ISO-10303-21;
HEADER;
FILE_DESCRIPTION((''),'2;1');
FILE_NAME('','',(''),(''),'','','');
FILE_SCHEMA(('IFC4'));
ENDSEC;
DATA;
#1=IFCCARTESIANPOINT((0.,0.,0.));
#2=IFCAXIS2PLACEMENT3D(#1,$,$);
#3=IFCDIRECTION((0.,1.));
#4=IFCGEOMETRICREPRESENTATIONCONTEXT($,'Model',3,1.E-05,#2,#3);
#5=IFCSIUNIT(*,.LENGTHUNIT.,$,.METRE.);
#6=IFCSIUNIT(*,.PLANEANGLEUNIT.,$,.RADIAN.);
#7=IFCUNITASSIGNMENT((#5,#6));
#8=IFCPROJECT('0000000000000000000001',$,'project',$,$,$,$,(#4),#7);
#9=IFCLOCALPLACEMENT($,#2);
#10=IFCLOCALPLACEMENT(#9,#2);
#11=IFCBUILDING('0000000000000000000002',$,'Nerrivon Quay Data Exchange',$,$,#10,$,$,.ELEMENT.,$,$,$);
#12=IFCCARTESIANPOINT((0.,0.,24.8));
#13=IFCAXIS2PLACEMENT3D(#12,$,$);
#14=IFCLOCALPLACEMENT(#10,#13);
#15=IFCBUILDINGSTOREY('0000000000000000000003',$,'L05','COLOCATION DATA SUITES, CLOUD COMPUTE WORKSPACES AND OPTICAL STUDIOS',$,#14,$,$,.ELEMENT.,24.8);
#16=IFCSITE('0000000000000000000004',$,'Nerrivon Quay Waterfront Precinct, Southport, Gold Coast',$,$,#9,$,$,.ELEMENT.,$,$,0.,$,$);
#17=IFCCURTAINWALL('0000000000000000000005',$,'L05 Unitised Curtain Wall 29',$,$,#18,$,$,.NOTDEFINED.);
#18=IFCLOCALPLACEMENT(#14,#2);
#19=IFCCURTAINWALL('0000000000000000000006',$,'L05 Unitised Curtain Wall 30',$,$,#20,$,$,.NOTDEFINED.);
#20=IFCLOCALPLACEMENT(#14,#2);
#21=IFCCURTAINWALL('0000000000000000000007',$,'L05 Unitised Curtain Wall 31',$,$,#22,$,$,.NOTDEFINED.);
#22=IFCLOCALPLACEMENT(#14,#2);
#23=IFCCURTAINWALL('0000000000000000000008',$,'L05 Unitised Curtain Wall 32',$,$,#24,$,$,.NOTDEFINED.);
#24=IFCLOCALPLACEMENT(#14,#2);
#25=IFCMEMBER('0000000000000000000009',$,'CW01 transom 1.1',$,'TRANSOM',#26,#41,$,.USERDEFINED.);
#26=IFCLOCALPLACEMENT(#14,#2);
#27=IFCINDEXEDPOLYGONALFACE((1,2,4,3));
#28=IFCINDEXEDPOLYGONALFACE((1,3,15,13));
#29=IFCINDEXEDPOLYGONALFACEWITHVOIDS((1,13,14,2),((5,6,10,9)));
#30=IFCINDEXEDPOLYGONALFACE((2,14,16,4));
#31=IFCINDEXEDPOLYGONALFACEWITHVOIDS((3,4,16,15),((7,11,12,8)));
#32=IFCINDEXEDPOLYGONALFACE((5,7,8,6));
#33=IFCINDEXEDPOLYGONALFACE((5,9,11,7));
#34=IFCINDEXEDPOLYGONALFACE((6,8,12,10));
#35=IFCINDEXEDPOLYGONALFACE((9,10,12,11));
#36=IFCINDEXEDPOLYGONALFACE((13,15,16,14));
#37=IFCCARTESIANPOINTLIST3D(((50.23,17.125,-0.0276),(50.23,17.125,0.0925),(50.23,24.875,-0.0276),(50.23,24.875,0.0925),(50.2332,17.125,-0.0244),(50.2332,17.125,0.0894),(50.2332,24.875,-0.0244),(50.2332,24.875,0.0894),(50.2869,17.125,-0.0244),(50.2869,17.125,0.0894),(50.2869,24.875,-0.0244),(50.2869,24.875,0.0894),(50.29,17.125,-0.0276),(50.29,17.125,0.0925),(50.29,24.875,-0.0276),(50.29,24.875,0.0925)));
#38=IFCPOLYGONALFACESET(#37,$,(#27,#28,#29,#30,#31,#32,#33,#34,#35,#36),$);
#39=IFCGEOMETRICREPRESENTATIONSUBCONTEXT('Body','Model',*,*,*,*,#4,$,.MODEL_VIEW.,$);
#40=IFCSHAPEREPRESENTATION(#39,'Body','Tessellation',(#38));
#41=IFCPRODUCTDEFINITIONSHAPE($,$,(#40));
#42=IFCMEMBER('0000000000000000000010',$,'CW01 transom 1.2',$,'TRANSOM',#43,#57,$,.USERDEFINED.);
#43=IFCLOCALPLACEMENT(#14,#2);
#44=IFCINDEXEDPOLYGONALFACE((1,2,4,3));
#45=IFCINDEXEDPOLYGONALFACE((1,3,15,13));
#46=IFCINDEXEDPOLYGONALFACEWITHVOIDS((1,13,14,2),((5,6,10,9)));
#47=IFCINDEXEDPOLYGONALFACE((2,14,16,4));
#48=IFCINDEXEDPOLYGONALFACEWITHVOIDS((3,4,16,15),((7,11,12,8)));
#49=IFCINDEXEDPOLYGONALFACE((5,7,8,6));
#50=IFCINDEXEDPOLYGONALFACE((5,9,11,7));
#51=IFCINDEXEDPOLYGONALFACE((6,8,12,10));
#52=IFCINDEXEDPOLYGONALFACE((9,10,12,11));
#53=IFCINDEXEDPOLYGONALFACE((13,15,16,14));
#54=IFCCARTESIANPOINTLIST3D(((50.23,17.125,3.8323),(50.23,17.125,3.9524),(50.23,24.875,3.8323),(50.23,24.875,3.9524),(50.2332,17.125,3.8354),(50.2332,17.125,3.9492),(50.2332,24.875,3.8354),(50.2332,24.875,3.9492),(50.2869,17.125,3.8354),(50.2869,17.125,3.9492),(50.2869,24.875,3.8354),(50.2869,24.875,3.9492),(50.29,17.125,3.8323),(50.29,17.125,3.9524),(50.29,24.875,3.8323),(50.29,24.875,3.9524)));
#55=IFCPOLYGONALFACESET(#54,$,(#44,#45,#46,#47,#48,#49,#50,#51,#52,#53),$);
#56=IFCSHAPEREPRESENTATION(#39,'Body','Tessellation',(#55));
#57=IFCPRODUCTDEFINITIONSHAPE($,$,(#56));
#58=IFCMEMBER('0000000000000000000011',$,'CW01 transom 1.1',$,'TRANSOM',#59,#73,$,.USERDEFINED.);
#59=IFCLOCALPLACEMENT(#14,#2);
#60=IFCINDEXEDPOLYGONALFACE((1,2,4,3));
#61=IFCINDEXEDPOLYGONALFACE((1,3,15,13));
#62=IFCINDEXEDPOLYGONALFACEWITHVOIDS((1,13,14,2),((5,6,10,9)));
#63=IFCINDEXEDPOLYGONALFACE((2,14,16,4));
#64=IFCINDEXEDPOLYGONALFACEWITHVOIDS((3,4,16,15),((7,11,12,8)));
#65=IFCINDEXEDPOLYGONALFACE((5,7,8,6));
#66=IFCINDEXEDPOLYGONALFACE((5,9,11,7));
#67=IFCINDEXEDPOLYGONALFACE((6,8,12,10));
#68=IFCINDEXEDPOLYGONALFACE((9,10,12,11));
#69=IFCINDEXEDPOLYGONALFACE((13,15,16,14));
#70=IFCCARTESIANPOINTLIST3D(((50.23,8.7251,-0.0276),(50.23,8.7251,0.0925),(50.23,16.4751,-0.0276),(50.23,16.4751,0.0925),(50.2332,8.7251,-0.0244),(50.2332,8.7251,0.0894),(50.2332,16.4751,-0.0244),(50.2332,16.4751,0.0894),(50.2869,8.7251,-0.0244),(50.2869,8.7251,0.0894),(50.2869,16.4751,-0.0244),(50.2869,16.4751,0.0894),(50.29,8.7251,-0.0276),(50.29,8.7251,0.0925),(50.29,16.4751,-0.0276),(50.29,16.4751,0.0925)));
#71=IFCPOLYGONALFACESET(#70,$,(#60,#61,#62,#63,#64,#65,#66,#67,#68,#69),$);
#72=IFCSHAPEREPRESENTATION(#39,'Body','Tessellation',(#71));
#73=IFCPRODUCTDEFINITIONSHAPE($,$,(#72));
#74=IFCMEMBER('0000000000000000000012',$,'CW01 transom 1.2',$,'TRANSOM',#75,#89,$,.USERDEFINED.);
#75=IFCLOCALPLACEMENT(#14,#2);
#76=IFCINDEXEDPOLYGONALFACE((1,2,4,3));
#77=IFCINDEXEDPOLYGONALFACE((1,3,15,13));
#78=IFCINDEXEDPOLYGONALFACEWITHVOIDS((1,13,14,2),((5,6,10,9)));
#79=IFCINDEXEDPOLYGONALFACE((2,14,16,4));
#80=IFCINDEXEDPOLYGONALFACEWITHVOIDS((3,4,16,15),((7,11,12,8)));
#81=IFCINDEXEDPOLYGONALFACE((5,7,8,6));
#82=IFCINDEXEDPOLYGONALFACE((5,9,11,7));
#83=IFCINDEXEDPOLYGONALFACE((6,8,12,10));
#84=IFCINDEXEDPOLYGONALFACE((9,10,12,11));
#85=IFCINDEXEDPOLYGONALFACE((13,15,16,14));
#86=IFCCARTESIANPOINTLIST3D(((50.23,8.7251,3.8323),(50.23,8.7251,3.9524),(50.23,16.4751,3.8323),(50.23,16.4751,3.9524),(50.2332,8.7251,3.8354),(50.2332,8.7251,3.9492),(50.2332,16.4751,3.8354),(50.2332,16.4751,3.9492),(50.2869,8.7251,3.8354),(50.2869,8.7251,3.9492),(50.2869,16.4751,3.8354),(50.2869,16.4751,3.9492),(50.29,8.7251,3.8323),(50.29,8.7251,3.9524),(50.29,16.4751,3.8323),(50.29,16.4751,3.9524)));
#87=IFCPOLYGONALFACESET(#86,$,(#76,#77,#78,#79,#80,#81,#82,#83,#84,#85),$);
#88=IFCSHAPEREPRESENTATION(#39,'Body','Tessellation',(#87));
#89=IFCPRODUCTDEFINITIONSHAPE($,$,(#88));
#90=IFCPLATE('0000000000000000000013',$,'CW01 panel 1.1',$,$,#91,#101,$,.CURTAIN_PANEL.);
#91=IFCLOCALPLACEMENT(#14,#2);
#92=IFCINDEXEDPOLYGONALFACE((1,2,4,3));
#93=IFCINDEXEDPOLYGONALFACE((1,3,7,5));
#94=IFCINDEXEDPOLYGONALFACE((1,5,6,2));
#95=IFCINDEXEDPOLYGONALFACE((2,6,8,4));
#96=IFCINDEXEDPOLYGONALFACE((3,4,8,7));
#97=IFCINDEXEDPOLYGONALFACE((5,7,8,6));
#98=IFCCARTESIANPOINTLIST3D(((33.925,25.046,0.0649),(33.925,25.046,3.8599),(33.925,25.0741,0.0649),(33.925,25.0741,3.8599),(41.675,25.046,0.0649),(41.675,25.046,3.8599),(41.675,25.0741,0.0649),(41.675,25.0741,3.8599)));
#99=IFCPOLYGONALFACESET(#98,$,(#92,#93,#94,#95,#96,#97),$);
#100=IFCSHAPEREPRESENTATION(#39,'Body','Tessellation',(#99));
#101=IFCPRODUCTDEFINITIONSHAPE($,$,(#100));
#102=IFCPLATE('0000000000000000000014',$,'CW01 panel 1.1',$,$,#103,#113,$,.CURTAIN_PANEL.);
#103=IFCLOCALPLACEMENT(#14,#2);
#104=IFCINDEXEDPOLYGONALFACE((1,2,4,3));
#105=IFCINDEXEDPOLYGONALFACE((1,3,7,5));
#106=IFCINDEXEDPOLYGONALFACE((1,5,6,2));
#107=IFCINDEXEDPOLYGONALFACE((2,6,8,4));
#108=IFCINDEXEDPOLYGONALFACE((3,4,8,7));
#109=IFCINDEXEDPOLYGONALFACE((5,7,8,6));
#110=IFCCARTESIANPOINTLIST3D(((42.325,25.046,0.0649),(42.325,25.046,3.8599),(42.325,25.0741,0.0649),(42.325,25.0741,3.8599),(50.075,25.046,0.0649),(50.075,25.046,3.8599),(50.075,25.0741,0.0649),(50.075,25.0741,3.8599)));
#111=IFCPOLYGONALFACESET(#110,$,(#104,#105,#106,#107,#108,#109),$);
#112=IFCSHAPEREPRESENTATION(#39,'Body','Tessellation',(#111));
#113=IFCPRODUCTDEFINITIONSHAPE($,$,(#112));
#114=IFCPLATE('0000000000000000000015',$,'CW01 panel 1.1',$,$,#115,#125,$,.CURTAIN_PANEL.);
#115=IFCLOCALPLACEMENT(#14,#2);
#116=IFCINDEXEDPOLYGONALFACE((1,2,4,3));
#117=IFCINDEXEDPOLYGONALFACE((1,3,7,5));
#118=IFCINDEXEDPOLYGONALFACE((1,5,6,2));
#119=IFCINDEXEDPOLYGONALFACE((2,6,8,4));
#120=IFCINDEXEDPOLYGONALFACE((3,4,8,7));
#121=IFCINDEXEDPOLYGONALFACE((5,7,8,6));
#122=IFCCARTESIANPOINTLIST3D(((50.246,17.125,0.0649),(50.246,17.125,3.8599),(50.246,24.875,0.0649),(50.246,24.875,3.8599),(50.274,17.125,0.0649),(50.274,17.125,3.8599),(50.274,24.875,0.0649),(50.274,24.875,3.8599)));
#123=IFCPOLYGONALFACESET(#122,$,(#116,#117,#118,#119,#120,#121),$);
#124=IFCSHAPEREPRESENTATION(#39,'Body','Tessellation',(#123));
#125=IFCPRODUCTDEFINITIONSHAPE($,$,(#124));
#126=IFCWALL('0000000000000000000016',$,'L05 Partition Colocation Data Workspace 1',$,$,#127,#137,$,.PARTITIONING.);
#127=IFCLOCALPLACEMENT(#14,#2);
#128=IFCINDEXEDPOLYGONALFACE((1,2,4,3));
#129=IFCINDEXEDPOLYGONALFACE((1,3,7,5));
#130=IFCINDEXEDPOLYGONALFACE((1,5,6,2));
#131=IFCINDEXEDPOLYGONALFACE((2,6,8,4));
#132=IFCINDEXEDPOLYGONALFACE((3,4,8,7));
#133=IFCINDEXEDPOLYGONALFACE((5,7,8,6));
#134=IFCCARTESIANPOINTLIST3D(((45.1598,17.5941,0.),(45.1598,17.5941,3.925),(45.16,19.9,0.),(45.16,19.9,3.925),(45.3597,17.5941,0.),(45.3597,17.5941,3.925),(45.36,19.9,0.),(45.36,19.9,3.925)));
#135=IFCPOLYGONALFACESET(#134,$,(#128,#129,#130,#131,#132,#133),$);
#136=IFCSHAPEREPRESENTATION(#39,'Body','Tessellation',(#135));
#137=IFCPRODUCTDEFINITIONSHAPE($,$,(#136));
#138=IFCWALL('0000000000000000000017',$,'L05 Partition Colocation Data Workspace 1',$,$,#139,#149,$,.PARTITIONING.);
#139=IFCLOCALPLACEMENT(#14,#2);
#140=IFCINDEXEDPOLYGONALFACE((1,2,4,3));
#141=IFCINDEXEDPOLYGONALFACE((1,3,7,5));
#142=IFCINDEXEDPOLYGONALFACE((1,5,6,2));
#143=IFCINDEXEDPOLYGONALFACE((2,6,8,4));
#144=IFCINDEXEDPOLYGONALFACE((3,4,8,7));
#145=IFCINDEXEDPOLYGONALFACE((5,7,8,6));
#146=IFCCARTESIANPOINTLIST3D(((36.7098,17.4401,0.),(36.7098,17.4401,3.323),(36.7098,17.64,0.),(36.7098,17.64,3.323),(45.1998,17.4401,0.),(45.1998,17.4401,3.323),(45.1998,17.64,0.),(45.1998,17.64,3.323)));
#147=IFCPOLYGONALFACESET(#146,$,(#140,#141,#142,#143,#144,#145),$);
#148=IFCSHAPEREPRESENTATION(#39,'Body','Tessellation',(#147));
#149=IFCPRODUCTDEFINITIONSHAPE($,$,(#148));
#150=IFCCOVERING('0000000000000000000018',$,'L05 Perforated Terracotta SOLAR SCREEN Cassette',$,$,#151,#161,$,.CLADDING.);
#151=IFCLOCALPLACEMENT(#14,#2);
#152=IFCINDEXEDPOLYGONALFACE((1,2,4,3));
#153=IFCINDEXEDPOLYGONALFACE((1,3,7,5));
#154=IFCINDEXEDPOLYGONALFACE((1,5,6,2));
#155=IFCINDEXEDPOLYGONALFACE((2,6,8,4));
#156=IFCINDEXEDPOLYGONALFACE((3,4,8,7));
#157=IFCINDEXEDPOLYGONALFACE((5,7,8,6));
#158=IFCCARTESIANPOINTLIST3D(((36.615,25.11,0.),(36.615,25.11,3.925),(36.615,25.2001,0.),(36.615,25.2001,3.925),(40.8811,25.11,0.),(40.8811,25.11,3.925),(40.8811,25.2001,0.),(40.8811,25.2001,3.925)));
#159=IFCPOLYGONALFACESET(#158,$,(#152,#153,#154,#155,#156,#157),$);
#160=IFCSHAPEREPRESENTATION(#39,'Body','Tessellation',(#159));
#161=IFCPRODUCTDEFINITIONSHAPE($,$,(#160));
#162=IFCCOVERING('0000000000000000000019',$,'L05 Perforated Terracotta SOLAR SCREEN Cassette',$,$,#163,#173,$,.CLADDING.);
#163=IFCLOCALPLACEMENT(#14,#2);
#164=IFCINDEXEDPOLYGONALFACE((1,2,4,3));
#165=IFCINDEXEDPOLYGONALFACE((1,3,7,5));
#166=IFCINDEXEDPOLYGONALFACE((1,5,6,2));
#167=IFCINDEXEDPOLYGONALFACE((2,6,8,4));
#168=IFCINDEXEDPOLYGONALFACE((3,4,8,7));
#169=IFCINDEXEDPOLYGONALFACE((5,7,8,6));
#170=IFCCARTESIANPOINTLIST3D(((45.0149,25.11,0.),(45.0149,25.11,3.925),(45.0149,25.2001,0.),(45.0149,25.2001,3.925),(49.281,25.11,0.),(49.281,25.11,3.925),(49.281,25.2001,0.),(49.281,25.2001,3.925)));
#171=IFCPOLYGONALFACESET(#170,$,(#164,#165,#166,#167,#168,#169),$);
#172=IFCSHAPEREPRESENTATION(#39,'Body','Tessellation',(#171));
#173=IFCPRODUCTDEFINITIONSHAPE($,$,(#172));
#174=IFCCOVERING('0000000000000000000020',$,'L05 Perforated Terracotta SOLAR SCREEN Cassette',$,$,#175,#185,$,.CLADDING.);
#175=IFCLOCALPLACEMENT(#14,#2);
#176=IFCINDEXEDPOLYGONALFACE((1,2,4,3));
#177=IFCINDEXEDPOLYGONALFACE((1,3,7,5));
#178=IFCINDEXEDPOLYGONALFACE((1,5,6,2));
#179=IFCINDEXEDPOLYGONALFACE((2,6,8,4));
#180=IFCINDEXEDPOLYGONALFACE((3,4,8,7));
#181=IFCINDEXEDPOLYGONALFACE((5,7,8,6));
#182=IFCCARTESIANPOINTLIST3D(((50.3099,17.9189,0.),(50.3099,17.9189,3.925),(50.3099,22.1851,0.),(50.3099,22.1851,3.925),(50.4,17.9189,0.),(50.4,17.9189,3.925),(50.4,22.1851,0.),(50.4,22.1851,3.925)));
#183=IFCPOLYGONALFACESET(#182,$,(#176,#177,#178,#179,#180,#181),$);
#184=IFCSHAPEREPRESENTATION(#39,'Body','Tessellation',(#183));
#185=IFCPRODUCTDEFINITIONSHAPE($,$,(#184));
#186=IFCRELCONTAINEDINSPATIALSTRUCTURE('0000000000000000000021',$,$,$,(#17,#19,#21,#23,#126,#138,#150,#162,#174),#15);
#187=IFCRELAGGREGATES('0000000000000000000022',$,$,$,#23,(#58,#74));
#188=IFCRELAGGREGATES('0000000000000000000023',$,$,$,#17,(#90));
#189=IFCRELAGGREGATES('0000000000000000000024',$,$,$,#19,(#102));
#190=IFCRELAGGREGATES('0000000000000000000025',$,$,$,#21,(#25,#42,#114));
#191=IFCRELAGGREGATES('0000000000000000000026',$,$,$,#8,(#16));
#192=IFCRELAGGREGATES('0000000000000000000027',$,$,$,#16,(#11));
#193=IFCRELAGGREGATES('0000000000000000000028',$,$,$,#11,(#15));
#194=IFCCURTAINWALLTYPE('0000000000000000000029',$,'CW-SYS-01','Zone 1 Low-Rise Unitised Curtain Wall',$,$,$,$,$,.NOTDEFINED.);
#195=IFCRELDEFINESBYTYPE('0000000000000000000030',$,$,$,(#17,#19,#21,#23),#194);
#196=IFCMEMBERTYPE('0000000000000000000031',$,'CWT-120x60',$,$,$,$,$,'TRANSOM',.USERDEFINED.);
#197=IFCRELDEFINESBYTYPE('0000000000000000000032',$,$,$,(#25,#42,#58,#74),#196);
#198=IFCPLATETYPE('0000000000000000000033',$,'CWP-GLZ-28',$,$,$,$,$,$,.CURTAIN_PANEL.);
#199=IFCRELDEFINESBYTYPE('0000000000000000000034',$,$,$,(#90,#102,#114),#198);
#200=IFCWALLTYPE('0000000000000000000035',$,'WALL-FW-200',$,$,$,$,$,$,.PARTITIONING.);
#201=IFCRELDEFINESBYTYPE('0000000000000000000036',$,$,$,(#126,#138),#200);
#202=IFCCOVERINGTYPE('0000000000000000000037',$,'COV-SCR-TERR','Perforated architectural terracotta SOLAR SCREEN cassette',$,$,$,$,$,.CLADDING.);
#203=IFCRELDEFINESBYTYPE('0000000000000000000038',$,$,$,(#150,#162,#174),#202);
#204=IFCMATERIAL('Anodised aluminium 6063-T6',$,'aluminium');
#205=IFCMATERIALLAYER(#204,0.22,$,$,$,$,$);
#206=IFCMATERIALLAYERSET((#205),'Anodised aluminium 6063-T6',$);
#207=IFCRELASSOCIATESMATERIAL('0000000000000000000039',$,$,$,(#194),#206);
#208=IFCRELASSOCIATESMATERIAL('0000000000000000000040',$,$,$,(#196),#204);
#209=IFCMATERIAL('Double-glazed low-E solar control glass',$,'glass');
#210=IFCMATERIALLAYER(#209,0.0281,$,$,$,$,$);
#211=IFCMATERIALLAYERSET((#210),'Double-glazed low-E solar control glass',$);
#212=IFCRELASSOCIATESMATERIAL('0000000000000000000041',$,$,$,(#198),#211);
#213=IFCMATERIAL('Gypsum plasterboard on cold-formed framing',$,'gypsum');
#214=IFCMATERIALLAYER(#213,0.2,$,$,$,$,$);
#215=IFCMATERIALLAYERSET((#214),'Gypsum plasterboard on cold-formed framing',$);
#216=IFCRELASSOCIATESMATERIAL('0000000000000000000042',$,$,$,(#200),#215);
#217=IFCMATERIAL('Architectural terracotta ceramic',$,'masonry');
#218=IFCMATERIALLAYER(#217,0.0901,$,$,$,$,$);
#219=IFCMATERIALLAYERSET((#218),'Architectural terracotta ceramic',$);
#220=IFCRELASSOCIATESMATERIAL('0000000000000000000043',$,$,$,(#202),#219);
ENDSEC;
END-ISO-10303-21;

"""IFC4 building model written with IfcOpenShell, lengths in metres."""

from ifc_helpers import new_model, si_unit, direction, frame, frame_2d, origin, origin_2d, place, context, subcontext, project, spatial, rectangle, hollow_rectangle, extrude, material, layer, layer_set, material_profile, profile_set, type_object, element, aggregate, save


model = new_model("IFC4")

# Units and contexts
model_context = context("Model", 3, precision=1e-05, world=origin(), true_north=direction((0.0, 1.0)))
body_context = subcontext(model_context, "Body", "Model", "MODEL_VIEW")
ifc_project = project(units=[si_unit("LENGTHUNIT", "METRE"), si_unit("PLANEANGLEUNIT", "RADIAN")], contexts=[model_context])

# Site, building, storey
site_placement = place(None, origin())
site = spatial("IfcSite", under=ifc_project, at=site_placement, Name="Nerrivon Quay Waterfront Precinct, Southport, Gold Coast", CompositionType="ELEMENT", RefElevation=0.0)
building_placement = place(site_placement, origin())
building = spatial("IfcBuilding", under=site, at=building_placement, Name="Nerrivon Quay Data Exchange", CompositionType="ELEMENT")
storey_placement = place(building_placement, frame((0.0, 0.0, 24.8)))
storey = spatial("IfcBuildingStorey", under=building, at=storey_placement, Name="L05", Description="COLOCATION DATA SUITES, CLOUD COMPUTE WORKSPACES AND OPTICAL STUDIOS", CompositionType="ELEMENT", Elevation=24.8)

# Curtain wall
ifc_material_1 = material(Name="Anodised aluminium 6063-T6", Category="aluminium")
ifc_layer_1 = layer(ifc_material_1, 0.22)
ifc_layer_set_1 = layer_set([ifc_layer_1], Name="Anodised aluminium 6063-T6")
curtain_wall_type = type_object("IfcCurtainWallType", Name="CW-SYS-01", Description="Zone 1 Low-Rise Unitised Curtain Wall", PredefinedType="NOTDEFINED", material=ifc_layer_set_1)
curtain_wall_1_placement = place(storey_placement, origin())
curtain_wall_1 = element("IfcCurtainWall", 1, at=curtain_wall_1_placement, inside=storey, type_object=curtain_wall_type, Name="L05 Unitised Curtain Wall 29", PredefinedType="NOTDEFINED")

# Curtain walls
curtain_wall_2_placement = place(storey_placement, origin())
curtain_wall_2 = element("IfcCurtainWall", 2, at=curtain_wall_2_placement, inside=storey, type_object=curtain_wall_type, Name="L05 Unitised Curtain Wall 30", PredefinedType="NOTDEFINED")
curtain_wall_3_placement = place(storey_placement, origin())
curtain_wall_3 = element("IfcCurtainWall", 3, at=curtain_wall_3_placement, inside=storey, type_object=curtain_wall_type, Name="L05 Unitised Curtain Wall 31", PredefinedType="NOTDEFINED")

# Curtain wall
curtain_wall_4_placement = place(storey_placement, origin())
curtain_wall_4 = element("IfcCurtainWall", 4, at=curtain_wall_4_placement, inside=storey, type_object=curtain_wall_type, Name="L05 Unitised Curtain Wall 32", PredefinedType="NOTDEFINED")

# Members
ifc_material_profile_1 = material_profile(ifc_material_1, hollow_rectangle(XDim=0.0601, YDim=0.1201, WallThickness=0.0032, at=origin_2d()), Name="ALU-TRAN-120x60")
ifc_profile_set_1 = profile_set([ifc_material_profile_1], Name="Anodised aluminium 6063-T6")
member_type_1 = type_object("IfcMemberType", Name="CWT-120x60", ElementType="TRANSOM", PredefinedType="USERDEFINED", material=ifc_profile_set_1)
member_1_placement = place(storey_placement, frame((50.26, 24.875, 0.0325), z_axis=(0.0, -1.0, 0.0), x_axis=(1.0, 0.0, 0.0)))
member_1 = element("IfcMember", 5, at=member_1_placement, type_object=member_type_1, Name="CW01 transom 1.1", ObjectType="TRANSOM", PredefinedType="USERDEFINED", context=body_context, shape_type="SweptSolid", body=[
    extrude(hollow_rectangle(XDim=0.0601, YDim=0.1201, WallThickness=0.0032, at=origin_2d()), origin(), (0.0, 0.0, 1.0), 7.75),
])
member_2_placement = place(storey_placement, frame((50.26, 24.875, 3.8923), z_axis=(0.0, -1.0, 0.0), x_axis=(1.0, 0.0, 0.0)))
member_2 = element("IfcMember", 6, at=member_2_placement, type_object=member_type_1, Name="CW01 transom 1.2", ObjectType="TRANSOM", PredefinedType="USERDEFINED", context=body_context, shape_type="SweptSolid", body=[
    extrude(hollow_rectangle(XDim=0.0601, YDim=0.1201, WallThickness=0.0032, at=origin_2d()), origin(), (0.0, 0.0, 1.0), 7.75),
])
member_3_placement = place(storey_placement, frame((50.26, 16.4751, 0.0325), z_axis=(0.0, -1.0, 0.0), x_axis=(1.0, 0.0, 0.0)))
member_3 = element("IfcMember", 7, at=member_3_placement, type_object=member_type_1, Name="CW01 transom 1.1", ObjectType="TRANSOM", PredefinedType="USERDEFINED", context=body_context, shape_type="SweptSolid", body=[
    extrude(hollow_rectangle(XDim=0.0601, YDim=0.1201, WallThickness=0.0032, at=origin_2d()), origin(), (0.0, 0.0, 1.0), 7.75),
])
member_4_placement = place(storey_placement, frame((50.26, 16.4751, 3.8923), z_axis=(0.0, -1.0, 0.0), x_axis=(1.0, 0.0, 0.0)))
member_4 = element("IfcMember", 8, at=member_4_placement, type_object=member_type_1, Name="CW01 transom 1.2", ObjectType="TRANSOM", PredefinedType="USERDEFINED", context=body_context, shape_type="SweptSolid", body=[
    extrude(hollow_rectangle(XDim=0.0601, YDim=0.1201, WallThickness=0.0032, at=origin_2d()), origin(), (0.0, 0.0, 1.0), 7.75),
])
aggregate(curtain_wall_4, [member_3, member_4])

# Plates
ifc_material_2 = material(Name="Double-glazed low-E solar control glass", Category="glass")
ifc_layer_2 = layer(ifc_material_2, 0.0281)
ifc_layer_set_2 = layer_set([ifc_layer_2], Name="Double-glazed low-E solar control glass")
plate_type = type_object("IfcPlateType", Name="CWP-GLZ-28", PredefinedType="CURTAIN_PANEL", material=ifc_layer_set_2)
plate_1_placement = place(storey_placement, frame((37.8, 25.0601, 0.0649), z_axis=(0.0, 0.0, 1.0), x_axis=(1.0, 0.0, 0.0)))
plate_1 = element("IfcPlate", 9, at=plate_1_placement, type_object=plate_type, Name="CW01 panel 1.1", PredefinedType="CURTAIN_PANEL", context=body_context, shape_type="SweptSolid", body=[
    extrude(rectangle(XDim=7.75, YDim=0.0281, at=origin_2d()), origin(), (0.0, 0.0, 1.0), 3.7949),
])
aggregate(curtain_wall_1, [plate_1])
plate_2_placement = place(storey_placement, frame((46.2, 25.0601, 0.0649), z_axis=(0.0, 0.0, 1.0), x_axis=(1.0, 0.0, 0.0)))
plate_2 = element("IfcPlate", 10, at=plate_2_placement, type_object=plate_type, Name="CW01 panel 1.1", PredefinedType="CURTAIN_PANEL", context=body_context, shape_type="SweptSolid", body=[
    extrude(rectangle(XDim=7.75, YDim=0.0281, at=origin_2d()), origin(), (0.0, 0.0, 1.0), 3.7949),
])
aggregate(curtain_wall_2, [plate_2])
plate_3_placement = place(storey_placement, frame((50.26, 21.0, 0.0649), z_axis=(0.0, 0.0, 1.0), x_axis=(0.0, -1.0, 0.0)))
plate_3 = element("IfcPlate", 11, at=plate_3_placement, type_object=plate_type, Name="CW01 panel 1.1", PredefinedType="CURTAIN_PANEL", context=body_context, shape_type="SweptSolid", body=[
    extrude(rectangle(XDim=7.75, YDim=0.0281, at=origin_2d()), origin(), (0.0, 0.0, 1.0), 3.7949),
])
aggregate(curtain_wall_3, [member_1, member_2, plate_3])

# Walls
ifc_material_3 = material(Name="Gypsum plasterboard on cold-formed framing", Category="gypsum")
ifc_layer_3 = layer(ifc_material_3, 0.2)
ifc_layer_set_3 = layer_set([ifc_layer_3], Name="Gypsum plasterboard on cold-formed framing")
wall_type = type_object("IfcWallType", Name="WALL-FW-200", PredefinedType="PARTITIONING", material=ifc_layer_set_3)
wall_1_placement = place(storey_placement, frame((45.26, 19.8999, 0.0), z_axis=(0.0, 0.0, 1.0), x_axis=(-0.000106, -1.0, 0.0)))
element("IfcWall", 12, at=wall_1_placement, inside=storey, type_object=wall_type, Name="L05 Partition Colocation Data Workspace 1", PredefinedType="PARTITIONING", context=body_context, shape_type="SweptSolid", body=[
    extrude(rectangle(XDim=2.3059, YDim=0.2, at=frame_2d((1.1528, 0.0))), origin(), (0.0, 0.0, 1.0), 3.925),
])
wall_2_placement = place(storey_placement, frame((45.2, 17.54, 0.0), z_axis=(0.0, 0.0, 1.0), x_axis=(-1.0, 0.0, 0.0)))
element("IfcWall", 13, at=wall_2_placement, inside=storey, type_object=wall_type, Name="L05 Partition Colocation Data Workspace 1", PredefinedType="PARTITIONING", context=body_context, shape_type="SweptSolid", body=[
    extrude(rectangle(XDim=8.49, YDim=0.2, at=frame_2d((4.2451, 0.0))), origin(), (0.0, 0.0, 1.0), 3.323),
])

# Coverings
ifc_material_4 = material(Name="Architectural terracotta ceramic", Category="masonry")
ifc_layer_4 = layer(ifc_material_4, 0.0901)
ifc_layer_set_4 = layer_set([ifc_layer_4], Name="Architectural terracotta ceramic")
covering_type = type_object("IfcCoveringType", Name="COV-SCR-TERR", Description="Perforated architectural terracotta SOLAR SCREEN cassette", PredefinedType="CLADDING", material=ifc_layer_set_4)
for number, where, z_axis, x_axis, name in (
    (14, (38.748, 25.155, 0.0), (0.0, 0.0, 1.0), (1.0, 0.0, 0.0), "L05 Perforated Terracotta SOLAR SCREEN Cassette"),
    (15, (47.1479, 25.155, 0.0), (0.0, 0.0, 1.0), (1.0, 0.0, 0.0), "L05 Perforated Terracotta SOLAR SCREEN Cassette"),
    (16, (50.355, 20.052, 0.0), (0.0, 0.0, 1.0), (0.0, -1.0, 0.0), "L05 Perforated Terracotta SOLAR SCREEN Cassette"),
):
    element("IfcCovering", number, at=place(storey_placement, frame(where, z_axis=z_axis, x_axis=x_axis)), inside=storey, type_object=covering_type, Name=name, PredefinedType="CLADDING", context=body_context, shape_type="SweptSolid", body=[
        extrude(rectangle(XDim=4.2661, YDim=0.0901, at=origin_2d()), origin(), (0.0, 0.0, 1.0), 3.925),
    ])

save(model, "model.ifc")
